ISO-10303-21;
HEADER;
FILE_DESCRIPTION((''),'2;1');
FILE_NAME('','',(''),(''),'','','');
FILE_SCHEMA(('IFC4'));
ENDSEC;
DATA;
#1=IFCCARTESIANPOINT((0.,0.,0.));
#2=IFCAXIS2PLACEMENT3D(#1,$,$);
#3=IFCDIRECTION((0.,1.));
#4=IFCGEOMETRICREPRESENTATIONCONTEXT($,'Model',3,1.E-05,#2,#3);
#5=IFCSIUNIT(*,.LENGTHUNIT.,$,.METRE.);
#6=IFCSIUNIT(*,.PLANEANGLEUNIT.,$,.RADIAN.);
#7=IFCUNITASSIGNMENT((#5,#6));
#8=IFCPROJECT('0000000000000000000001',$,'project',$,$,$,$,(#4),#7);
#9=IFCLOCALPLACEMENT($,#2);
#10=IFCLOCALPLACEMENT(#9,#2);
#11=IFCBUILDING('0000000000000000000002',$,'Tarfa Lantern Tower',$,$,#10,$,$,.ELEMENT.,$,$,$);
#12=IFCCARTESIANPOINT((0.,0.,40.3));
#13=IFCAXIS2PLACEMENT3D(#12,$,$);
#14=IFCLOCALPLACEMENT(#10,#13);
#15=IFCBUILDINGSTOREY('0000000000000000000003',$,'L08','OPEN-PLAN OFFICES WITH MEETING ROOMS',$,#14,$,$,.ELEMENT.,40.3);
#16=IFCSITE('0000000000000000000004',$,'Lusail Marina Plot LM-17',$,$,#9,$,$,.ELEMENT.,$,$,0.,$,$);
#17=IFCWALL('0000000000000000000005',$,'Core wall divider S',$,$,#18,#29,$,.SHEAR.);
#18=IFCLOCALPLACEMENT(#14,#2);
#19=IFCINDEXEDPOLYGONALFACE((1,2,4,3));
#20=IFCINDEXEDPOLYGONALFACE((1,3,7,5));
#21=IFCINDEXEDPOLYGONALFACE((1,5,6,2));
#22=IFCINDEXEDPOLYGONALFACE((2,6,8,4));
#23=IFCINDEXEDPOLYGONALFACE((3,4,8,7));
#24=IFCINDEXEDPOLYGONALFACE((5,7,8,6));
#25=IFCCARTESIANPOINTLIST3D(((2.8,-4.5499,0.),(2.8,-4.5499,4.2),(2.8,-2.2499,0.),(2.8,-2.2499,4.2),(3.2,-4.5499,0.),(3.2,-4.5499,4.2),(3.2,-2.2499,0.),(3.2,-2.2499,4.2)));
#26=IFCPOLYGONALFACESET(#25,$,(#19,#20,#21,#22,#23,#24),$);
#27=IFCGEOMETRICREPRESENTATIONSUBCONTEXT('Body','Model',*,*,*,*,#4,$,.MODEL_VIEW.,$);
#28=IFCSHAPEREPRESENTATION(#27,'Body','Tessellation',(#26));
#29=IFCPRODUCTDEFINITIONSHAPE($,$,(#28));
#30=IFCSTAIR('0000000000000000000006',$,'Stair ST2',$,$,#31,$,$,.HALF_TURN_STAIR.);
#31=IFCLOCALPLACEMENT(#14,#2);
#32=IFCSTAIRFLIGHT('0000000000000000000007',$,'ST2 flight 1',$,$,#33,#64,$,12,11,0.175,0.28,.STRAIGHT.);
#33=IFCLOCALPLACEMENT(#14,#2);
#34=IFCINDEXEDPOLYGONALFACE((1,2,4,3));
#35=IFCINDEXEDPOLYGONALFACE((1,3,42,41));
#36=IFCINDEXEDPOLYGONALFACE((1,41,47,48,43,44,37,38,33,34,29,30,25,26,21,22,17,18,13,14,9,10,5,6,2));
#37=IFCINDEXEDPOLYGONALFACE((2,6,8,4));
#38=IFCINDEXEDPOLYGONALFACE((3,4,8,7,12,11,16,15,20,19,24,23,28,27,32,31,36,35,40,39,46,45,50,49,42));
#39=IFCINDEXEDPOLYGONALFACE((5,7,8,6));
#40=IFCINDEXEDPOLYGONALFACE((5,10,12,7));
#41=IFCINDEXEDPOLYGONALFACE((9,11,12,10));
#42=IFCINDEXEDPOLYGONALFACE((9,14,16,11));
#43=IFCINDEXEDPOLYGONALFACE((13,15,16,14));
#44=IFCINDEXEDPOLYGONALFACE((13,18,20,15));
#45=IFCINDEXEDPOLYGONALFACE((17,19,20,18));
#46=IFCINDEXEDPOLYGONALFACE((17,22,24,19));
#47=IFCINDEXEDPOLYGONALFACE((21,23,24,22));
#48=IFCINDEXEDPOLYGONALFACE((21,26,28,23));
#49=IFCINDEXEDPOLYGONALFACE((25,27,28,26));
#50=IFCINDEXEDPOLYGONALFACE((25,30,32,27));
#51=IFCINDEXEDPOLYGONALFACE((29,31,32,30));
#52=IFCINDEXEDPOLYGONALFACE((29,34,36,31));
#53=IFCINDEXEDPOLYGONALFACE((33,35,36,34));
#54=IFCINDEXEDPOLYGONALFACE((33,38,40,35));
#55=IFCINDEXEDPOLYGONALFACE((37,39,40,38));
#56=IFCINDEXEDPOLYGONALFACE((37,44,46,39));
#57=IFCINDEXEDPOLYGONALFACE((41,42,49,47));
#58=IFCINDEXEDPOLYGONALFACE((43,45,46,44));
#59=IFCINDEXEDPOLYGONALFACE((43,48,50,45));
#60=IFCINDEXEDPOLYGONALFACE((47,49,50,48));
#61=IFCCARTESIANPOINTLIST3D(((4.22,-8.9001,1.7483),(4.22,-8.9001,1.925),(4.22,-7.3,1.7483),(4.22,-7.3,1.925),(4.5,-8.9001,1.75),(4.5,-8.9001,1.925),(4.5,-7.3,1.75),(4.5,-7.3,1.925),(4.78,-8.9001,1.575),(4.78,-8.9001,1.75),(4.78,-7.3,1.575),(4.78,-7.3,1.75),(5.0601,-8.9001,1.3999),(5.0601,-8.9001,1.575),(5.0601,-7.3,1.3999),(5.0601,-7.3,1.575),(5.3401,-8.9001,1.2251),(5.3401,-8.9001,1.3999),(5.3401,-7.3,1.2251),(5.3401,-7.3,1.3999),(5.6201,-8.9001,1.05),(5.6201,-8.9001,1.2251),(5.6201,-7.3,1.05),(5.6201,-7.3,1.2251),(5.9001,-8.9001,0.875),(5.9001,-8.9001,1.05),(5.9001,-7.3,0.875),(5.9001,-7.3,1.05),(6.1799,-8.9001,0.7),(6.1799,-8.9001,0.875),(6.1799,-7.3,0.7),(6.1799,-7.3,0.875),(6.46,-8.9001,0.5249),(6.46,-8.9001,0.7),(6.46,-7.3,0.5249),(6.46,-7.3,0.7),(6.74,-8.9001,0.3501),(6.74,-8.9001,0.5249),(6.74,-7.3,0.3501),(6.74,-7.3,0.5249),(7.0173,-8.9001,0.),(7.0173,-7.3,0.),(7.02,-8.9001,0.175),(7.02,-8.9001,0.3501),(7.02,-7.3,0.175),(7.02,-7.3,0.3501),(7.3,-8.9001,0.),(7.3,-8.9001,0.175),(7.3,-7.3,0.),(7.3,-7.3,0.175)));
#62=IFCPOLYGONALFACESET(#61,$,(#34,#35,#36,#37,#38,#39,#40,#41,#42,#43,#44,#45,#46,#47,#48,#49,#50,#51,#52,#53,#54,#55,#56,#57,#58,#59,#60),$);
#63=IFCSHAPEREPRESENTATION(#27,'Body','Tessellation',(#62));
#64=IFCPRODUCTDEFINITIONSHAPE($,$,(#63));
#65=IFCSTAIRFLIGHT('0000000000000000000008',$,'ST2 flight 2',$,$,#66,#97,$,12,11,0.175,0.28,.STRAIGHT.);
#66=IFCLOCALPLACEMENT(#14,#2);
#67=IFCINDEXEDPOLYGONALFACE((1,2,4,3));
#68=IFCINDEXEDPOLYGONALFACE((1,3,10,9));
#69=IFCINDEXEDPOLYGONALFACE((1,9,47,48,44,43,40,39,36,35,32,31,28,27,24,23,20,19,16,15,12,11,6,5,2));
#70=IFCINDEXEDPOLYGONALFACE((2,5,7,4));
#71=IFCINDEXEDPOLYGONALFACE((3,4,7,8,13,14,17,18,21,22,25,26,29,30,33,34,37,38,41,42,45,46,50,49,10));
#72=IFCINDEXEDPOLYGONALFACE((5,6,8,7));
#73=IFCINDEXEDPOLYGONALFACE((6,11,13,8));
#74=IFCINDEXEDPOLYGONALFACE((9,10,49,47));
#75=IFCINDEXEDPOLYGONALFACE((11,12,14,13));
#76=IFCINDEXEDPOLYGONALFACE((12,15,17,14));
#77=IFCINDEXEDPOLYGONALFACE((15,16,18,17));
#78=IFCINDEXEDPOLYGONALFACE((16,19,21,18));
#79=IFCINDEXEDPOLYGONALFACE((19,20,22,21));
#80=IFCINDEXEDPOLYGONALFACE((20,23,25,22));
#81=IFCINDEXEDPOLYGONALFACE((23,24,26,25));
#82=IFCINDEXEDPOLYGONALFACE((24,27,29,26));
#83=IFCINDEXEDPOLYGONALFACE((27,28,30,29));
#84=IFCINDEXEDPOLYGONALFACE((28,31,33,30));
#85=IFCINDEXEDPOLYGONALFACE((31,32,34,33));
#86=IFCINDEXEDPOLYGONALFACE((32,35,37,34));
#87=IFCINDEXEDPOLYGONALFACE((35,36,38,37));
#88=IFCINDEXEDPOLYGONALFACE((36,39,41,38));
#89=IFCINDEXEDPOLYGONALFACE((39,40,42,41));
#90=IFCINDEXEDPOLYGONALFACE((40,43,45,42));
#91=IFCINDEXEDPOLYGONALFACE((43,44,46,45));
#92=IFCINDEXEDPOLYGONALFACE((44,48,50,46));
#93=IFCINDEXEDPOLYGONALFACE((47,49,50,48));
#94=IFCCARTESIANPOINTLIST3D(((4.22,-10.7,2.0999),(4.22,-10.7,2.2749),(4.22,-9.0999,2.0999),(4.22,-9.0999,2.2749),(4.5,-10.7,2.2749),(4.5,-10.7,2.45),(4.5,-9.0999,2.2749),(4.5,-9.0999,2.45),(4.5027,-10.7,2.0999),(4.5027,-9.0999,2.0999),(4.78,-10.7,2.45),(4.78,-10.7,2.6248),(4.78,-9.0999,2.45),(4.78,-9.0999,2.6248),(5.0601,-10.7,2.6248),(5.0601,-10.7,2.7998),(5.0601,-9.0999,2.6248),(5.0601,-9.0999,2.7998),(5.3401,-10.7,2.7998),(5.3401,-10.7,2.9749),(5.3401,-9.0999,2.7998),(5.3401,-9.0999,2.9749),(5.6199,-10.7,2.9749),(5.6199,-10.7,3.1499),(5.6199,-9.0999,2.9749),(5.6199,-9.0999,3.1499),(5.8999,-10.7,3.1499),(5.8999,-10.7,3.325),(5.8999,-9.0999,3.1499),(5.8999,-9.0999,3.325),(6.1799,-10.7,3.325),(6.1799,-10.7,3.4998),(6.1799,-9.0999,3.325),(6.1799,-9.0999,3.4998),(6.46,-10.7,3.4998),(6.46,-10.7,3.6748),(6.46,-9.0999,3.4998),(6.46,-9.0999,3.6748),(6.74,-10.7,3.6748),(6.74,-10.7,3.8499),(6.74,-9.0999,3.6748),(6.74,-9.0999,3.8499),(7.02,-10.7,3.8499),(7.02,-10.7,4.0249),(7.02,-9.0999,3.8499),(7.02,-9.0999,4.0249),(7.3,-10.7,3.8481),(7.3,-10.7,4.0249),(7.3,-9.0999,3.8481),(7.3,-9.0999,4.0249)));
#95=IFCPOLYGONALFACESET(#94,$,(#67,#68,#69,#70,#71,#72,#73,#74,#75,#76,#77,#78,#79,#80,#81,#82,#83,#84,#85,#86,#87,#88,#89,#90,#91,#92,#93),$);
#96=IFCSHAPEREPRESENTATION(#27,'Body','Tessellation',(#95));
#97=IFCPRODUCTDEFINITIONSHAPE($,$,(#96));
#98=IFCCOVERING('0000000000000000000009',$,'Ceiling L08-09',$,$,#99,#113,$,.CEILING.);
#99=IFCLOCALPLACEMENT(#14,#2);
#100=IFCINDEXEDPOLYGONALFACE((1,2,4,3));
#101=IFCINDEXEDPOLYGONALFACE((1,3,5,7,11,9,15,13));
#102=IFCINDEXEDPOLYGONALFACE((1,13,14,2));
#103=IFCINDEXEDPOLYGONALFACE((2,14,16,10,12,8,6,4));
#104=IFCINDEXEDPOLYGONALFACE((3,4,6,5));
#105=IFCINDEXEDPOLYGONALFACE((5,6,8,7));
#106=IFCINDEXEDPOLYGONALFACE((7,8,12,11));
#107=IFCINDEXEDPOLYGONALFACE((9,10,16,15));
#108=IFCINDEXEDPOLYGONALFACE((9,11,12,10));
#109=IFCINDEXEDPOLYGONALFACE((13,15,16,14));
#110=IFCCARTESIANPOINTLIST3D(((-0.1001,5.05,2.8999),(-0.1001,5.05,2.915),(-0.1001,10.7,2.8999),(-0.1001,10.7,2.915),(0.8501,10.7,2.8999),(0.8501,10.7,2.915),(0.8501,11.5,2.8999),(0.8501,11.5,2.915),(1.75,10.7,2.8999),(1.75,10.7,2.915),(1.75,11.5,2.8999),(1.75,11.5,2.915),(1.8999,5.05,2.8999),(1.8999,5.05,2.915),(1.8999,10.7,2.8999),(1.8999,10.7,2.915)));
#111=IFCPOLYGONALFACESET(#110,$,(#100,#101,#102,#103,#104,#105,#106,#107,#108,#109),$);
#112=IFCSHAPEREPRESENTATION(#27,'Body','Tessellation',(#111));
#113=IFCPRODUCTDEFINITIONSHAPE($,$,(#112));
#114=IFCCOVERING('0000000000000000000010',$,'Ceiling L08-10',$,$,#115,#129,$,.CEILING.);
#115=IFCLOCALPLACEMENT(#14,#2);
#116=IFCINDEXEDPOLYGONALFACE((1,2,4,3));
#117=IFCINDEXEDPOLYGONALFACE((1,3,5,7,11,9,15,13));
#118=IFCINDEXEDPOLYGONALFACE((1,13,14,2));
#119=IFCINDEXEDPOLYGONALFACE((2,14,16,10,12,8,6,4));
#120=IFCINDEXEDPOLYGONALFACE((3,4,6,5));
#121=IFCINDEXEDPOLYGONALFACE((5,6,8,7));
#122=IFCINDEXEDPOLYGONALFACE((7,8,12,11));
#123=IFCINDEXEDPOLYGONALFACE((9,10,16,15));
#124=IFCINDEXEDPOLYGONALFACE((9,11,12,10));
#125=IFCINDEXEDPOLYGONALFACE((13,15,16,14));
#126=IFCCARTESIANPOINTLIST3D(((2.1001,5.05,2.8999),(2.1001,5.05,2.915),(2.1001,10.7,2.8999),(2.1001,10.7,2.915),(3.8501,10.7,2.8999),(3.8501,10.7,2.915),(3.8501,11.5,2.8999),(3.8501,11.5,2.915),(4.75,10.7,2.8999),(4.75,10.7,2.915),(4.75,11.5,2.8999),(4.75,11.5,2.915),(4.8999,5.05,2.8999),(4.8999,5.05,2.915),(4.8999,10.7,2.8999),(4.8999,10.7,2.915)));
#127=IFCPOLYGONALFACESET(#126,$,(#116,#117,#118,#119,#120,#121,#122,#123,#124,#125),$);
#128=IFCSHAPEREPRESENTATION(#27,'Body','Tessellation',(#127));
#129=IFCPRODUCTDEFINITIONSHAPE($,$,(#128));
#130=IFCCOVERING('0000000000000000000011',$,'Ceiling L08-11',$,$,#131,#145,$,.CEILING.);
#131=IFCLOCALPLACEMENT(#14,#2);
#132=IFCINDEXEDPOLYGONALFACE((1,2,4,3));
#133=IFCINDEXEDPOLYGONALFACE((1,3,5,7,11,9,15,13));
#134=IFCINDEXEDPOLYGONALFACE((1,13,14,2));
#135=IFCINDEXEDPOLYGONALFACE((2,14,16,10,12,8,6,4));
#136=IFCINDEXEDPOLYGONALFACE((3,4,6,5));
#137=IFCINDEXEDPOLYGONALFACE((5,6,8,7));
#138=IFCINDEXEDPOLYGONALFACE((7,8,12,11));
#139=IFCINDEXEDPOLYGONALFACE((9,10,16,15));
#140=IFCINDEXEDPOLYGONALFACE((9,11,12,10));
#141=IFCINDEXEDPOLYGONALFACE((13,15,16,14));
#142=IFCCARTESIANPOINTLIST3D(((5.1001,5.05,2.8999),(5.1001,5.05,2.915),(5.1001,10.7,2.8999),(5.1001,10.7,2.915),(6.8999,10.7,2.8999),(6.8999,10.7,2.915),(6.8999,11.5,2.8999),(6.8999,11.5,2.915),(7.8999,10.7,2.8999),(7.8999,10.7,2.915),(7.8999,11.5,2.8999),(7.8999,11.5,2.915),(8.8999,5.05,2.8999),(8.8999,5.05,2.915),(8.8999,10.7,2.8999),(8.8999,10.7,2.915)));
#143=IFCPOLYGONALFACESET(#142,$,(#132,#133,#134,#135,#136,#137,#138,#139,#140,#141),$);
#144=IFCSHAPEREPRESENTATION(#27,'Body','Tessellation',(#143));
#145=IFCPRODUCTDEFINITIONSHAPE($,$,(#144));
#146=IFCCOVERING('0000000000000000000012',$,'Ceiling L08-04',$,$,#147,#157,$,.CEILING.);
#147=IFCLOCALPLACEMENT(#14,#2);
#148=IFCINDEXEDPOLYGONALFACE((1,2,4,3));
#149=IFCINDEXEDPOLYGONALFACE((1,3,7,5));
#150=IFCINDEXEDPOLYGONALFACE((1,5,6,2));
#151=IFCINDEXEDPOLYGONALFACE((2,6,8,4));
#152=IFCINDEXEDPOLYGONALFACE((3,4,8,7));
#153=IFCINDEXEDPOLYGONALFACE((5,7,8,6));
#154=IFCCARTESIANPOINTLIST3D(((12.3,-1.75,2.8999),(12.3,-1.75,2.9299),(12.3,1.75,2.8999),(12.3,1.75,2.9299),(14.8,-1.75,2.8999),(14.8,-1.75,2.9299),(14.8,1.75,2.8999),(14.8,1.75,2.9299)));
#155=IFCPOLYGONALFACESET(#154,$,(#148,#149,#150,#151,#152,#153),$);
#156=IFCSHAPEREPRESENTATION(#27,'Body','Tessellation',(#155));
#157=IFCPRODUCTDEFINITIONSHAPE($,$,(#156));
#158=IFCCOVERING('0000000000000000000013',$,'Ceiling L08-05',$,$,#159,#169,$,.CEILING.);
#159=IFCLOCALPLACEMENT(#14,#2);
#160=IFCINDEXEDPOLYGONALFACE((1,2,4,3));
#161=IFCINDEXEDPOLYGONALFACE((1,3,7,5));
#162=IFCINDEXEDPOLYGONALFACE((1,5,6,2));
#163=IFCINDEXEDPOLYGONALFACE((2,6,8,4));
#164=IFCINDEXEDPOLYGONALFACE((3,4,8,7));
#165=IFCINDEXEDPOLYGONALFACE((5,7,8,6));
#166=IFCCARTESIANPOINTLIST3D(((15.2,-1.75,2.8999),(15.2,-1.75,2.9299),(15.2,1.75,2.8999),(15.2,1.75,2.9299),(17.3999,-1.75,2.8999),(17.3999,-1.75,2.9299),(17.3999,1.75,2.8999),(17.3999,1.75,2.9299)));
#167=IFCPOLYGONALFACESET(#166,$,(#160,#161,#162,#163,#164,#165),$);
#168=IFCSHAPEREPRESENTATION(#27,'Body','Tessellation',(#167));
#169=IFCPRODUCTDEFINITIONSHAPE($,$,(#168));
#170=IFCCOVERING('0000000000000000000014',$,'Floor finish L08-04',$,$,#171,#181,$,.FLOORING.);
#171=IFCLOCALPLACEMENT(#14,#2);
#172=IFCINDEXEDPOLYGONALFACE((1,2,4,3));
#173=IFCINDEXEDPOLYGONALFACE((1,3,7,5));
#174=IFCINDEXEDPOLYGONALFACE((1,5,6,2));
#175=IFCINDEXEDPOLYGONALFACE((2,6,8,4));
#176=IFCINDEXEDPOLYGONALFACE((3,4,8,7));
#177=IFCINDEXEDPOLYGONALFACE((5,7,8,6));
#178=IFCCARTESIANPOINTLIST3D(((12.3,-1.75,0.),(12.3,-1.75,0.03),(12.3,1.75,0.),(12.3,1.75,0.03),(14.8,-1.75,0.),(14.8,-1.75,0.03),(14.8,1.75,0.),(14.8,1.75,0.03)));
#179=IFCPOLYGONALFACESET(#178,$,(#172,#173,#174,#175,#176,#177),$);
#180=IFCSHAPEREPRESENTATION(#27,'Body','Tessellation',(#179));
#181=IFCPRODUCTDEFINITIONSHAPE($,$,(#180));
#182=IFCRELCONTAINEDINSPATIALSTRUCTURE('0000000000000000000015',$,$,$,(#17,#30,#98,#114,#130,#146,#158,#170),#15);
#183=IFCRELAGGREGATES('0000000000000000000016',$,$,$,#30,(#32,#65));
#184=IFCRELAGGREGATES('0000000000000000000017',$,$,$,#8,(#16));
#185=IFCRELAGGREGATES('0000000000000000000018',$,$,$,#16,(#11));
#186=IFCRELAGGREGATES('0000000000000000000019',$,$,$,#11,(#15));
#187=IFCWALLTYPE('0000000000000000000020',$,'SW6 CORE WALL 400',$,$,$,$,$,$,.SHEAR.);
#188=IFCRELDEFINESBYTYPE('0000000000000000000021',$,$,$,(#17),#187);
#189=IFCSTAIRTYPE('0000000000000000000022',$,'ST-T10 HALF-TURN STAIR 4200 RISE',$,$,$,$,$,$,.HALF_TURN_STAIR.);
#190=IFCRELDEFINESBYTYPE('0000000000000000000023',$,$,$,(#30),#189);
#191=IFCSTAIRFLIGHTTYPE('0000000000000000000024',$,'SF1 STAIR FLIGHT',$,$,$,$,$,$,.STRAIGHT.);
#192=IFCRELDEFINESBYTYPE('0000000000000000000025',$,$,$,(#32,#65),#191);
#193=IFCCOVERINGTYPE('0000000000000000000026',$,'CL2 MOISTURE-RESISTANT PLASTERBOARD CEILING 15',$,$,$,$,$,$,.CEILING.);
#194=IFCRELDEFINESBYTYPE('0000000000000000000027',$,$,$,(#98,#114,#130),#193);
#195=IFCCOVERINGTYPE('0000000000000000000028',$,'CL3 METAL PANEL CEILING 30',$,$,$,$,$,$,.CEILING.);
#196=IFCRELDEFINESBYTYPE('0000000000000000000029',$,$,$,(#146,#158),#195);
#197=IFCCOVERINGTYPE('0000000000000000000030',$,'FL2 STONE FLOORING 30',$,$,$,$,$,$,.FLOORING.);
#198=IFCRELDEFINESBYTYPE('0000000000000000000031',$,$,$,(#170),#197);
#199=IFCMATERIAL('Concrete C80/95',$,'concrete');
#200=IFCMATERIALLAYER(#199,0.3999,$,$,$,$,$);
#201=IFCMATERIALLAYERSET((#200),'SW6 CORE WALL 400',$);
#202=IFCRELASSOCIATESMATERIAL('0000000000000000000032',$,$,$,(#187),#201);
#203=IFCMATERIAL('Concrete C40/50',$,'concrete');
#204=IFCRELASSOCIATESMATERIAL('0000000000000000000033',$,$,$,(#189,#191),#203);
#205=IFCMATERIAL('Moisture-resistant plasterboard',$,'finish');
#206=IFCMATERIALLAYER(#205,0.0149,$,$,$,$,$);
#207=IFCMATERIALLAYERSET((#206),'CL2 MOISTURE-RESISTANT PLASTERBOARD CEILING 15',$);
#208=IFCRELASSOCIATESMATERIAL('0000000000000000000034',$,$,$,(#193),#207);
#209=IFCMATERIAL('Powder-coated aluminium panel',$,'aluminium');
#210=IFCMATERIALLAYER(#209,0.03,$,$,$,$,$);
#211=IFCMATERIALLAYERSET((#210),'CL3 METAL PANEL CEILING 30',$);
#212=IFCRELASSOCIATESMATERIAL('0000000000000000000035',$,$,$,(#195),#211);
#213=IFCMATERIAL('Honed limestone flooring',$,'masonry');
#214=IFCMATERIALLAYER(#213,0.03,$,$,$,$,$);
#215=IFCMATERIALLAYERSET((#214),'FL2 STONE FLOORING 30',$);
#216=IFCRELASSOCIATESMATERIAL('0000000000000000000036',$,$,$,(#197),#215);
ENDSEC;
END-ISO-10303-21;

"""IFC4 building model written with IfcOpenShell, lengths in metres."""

from ifc_helpers import new_model, si_unit, direction, frame, frame_2d, origin, place, context, subcontext, project, spatial, polyline, rectangle, outline, extrude, material, layer, layer_set, type_object, element, aggregate, save


model = new_model("IFC4")

# Units and contexts
model_context = context("Model", 3, precision=1e-05, world=origin(), true_north=direction((0.0, 1.0)))
body_context = subcontext(model_context, "Body", "Model", "MODEL_VIEW")
ifc_project = project(units=[si_unit("LENGTHUNIT", "METRE"), si_unit("PLANEANGLEUNIT", "RADIAN")], contexts=[model_context])

# Site, building, storey
site_placement = place(None, origin())
site = spatial("IfcSite", under=ifc_project, at=site_placement, Name="Lusail Marina Plot LM-17", CompositionType="ELEMENT", RefElevation=0.0)
building_placement = place(site_placement, origin())
building = spatial("IfcBuilding", under=site, at=building_placement, Name="Tarfa Lantern Tower", CompositionType="ELEMENT")
storey_placement = place(building_placement, frame((0.0, 0.0, 40.3)))
storey = spatial("IfcBuildingStorey", under=building, at=storey_placement, Name="L08", Description="OPEN-PLAN OFFICES WITH MEETING ROOMS", CompositionType="ELEMENT", Elevation=40.3)

# Shared definitions
ifc_material_1 = material(Name="Concrete C80/95", Category="concrete")

# Wall
ifc_layer_1 = layer(ifc_material_1, 0.3999)
ifc_layer_set_1 = layer_set([ifc_layer_1], Name="SW6 CORE WALL 400")
wall_type_1 = type_object("IfcWallType", Name="SW6 CORE WALL 400", PredefinedType="SHEAR", material=ifc_layer_set_1)
for number, where, z_axis, x_axis, name in (
    (1, (3.0, -2.25, 0.0), (0.0, 0.0, 1.0), (0.0, -1.0, 0.0), "Core wall divider S"),
):
    element("IfcWall", number, at=place(storey_placement, frame(where, z_axis=z_axis, x_axis=x_axis)), inside=storey, type_object=wall_type_1, Name=name, PredefinedType="SHEAR", context=body_context, shape_type="SweptSolid", body=[
        extrude(rectangle(XDim=2.3, YDim=0.3999, at=frame_2d((1.1499, 0.0))), origin(), (0.0, 0.0, 1.0), 4.2),
    ])

# Stair, stair flights
ifc_material_2 = material(Name="Concrete C40/50", Category="concrete")
stair_type = type_object("IfcStairType", Name="ST-T10 HALF-TURN STAIR 4200 RISE", PredefinedType="HALF_TURN_STAIR", material=ifc_material_2)
stair_placement = place(storey_placement, origin())
stair = element("IfcStair", 2, at=stair_placement, inside=storey, type_object=stair_type, Name="Stair ST2", PredefinedType="HALF_TURN_STAIR")
stair_flight_type = type_object("IfcStairFlightType", Name="SF1 STAIR FLIGHT", PredefinedType="STRAIGHT", material=ifc_material_2)
stair_flight_1_placement = place(storey_placement, frame((7.3, -8.1001, 0.0), z_axis=(0.0, 0.0, 1.0), x_axis=(-1.0, 0.0, 0.0)))
stair_flight_1 = element("IfcStairFlight", 3, at=stair_flight_1_placement, type_object=stair_flight_type, Name="ST2 flight 1", NumberOfRisers=12, NumberOfTreads=11, PredefinedType="STRAIGHT", RiserHeight=0.175, TreadLength=0.28, context=body_context, shape_type="SweptSolid", body=[
    extrude(outline(polyline([(0.0, 0.0), (0.0, 0.175), (0.28, 0.175), (0.28, 0.3501), (0.5601, 0.3501), (0.5601, 0.5249), (0.8401, 0.5249), (0.8401, 0.7), (1.1201, 0.7), (1.1201, 0.875), (1.3999, 0.875), (1.3999, 1.05), (1.6799, 1.05), (1.6799, 1.2251), (1.96, 1.2251), (1.96, 1.3999), (2.24, 1.3999), (2.24, 1.575), (2.52, 1.575), (2.52, 1.75), (2.8, 1.75), (2.8, 1.925), (3.0801, 1.925), (3.0801, 2.1001), (3.0801, 1.7483), (0.2827, 0.0), (0.0, 0.0)])), frame((0.0, 0.8, 0.0), z_axis=(0.0, -1.0, 0.0), x_axis=(1.0, 0.0, 0.0)), (0.0, 0.0, 1.0), 1.6001),
])
stair_flight_2_placement = place(storey_placement, frame((4.22, -9.8999, 2.0999), z_axis=(0.0, 0.0, 1.0), x_axis=(1.0, 0.0, 0.0)))
stair_flight_2 = element("IfcStairFlight", 4, at=stair_flight_2_placement, type_object=stair_flight_type, Name="ST2 flight 2", NumberOfRisers=12, NumberOfTreads=11, PredefinedType="STRAIGHT", RiserHeight=0.175, TreadLength=0.28, context=body_context, shape_type="SweptSolid", body=[
    extrude(outline(polyline([(0.0, 0.0), (0.0, 0.175), (0.28, 0.175), (0.28, 0.3501), (0.5601, 0.3501), (0.5601, 0.5249), (0.8401, 0.5249), (0.8401, 0.7), (1.1201, 0.7), (1.1201, 0.875), (1.3999, 0.875), (1.3999, 1.05), (1.6799, 1.05), (1.6799, 1.2251), (1.96, 1.2251), (1.96, 1.3999), (2.24, 1.3999), (2.24, 1.575), (2.52, 1.575), (2.52, 1.75), (2.8, 1.75), (2.8, 1.925), (3.0801, 1.925), (3.0801, 2.1001), (3.0801, 1.7483), (0.2827, 0.0), (0.0, 0.0)])), frame((0.0, 0.8, 0.0), z_axis=(0.0, -1.0, 0.0), x_axis=(1.0, 0.0, 0.0)), (0.0, 0.0, 1.0), 1.6001),
])
aggregate(stair, [stair_flight_1, stair_flight_2])

# Coverings
ifc_material_3 = material(Name="Moisture-resistant plasterboard", Category="finish")
ifc_layer_2 = layer(ifc_material_3, 0.0149)
ifc_layer_set_2 = layer_set([ifc_layer_2], Name="CL2 MOISTURE-RESISTANT PLASTERBOARD CEILING 15")
covering_type_1 = type_object("IfcCoveringType", Name="CL2 MOISTURE-RESISTANT PLASTERBOARD CEILING 15", PredefinedType="CEILING", material=ifc_layer_set_2)
covering_1_placement = place(storey_placement, frame((0.0, 0.0, 2.8999)))
element("IfcCovering", 5, at=covering_1_placement, inside=storey, type_object=covering_type_1, Name="Ceiling L08-09", PredefinedType="CEILING", context=body_context, shape_type="SweptSolid", body=[
    extrude(outline(polyline([(0.8501, 10.7), (-0.1001, 10.7), (-0.1001, 5.05), (1.8999, 5.05), (1.8999, 10.7), (1.75, 10.7), (1.75, 11.5), (1.75, 11.5), (0.8501, 11.5), (0.8501, 10.7)])), origin(), (0.0, 0.0, 1.0), 0.0151),
])
covering_2_placement = place(storey_placement, frame((0.0, 0.0, 2.8999)))
element("IfcCovering", 6, at=covering_2_placement, inside=storey, type_object=covering_type_1, Name="Ceiling L08-10", PredefinedType="CEILING", context=body_context, shape_type="SweptSolid", body=[
    extrude(outline(polyline([(2.1001, 5.05), (4.8999, 5.05), (4.8999, 10.7), (4.75, 10.7), (4.75, 11.5), (3.8501, 11.5), (3.8501, 10.7), (2.1001, 10.7), (2.1001, 5.05)])), origin(), (0.0, 0.0, 1.0), 0.0151),
])
covering_3_placement = place(storey_placement, frame((0.0, 0.0, 2.8999)))
element("IfcCovering", 7, at=covering_3_placement, inside=storey, type_object=covering_type_1, Name="Ceiling L08-11", PredefinedType="CEILING", context=body_context, shape_type="SweptSolid", body=[
    extrude(outline(polyline([(5.1001, 5.05), (8.8999, 5.05), (8.8999, 10.7), (7.8999, 10.7), (7.8999, 11.5), (6.8999, 11.5), (6.8999, 10.7), (5.1001, 10.7), (5.1001, 5.05)])), origin(), (0.0, 0.0, 1.0), 0.0151),
])
ifc_material_4 = material(Name="Powder-coated aluminium panel", Category="aluminium")
ifc_layer_3 = layer(ifc_material_4, 0.03)
ifc_layer_set_3 = layer_set([ifc_layer_3], Name="CL3 METAL PANEL CEILING 30")
covering_type_2 = type_object("IfcCoveringType", Name="CL3 METAL PANEL CEILING 30", PredefinedType="CEILING", material=ifc_layer_set_3)
covering_4_placement = place(storey_placement, frame((0.0, 0.0, 2.8999)))
element("IfcCovering", 8, at=covering_4_placement, inside=storey, type_object=covering_type_2, Name="Ceiling L08-04", PredefinedType="CEILING", context=body_context, shape_type="SweptSolid", body=[
    extrude(outline(polyline([(12.3, -1.75), (14.8, -1.75), (14.8, 1.75), (12.3, 1.75), (12.3, -1.75)])), origin(), (0.0, 0.0, 1.0), 0.03),
])
covering_5_placement = place(storey_placement, frame((0.0, 0.0, 2.8999)))
element("IfcCovering", 9, at=covering_5_placement, inside=storey, type_object=covering_type_2, Name="Ceiling L08-05", PredefinedType="CEILING", context=body_context, shape_type="SweptSolid", body=[
    extrude(outline(polyline([(15.2, -1.75), (17.3999, -1.75), (17.3999, 1.75), (15.2, 1.75), (15.2, -1.75)])), origin(), (0.0, 0.0, 1.0), 0.03),
])
ifc_material_5 = material(Name="Honed limestone flooring", Category="masonry")
ifc_layer_4 = layer(ifc_material_5, 0.03)
ifc_layer_set_4 = layer_set([ifc_layer_4], Name="FL2 STONE FLOORING 30")
covering_type_3 = type_object("IfcCoveringType", Name="FL2 STONE FLOORING 30", PredefinedType="FLOORING", material=ifc_layer_set_4)
covering_6_placement = place(storey_placement, origin())
element("IfcCovering", 10, at=covering_6_placement, inside=storey, type_object=covering_type_3, Name="Floor finish L08-04", PredefinedType="FLOORING", context=body_context, shape_type="SweptSolid", body=[
    extrude(outline(polyline([(12.3, -1.75), (14.8, -1.75), (14.8, 1.75), (12.3, 1.75), (12.3, -1.75)])), origin(), (0.0, 0.0, 1.0), 0.03),
])

save(model, "model.ifc")
